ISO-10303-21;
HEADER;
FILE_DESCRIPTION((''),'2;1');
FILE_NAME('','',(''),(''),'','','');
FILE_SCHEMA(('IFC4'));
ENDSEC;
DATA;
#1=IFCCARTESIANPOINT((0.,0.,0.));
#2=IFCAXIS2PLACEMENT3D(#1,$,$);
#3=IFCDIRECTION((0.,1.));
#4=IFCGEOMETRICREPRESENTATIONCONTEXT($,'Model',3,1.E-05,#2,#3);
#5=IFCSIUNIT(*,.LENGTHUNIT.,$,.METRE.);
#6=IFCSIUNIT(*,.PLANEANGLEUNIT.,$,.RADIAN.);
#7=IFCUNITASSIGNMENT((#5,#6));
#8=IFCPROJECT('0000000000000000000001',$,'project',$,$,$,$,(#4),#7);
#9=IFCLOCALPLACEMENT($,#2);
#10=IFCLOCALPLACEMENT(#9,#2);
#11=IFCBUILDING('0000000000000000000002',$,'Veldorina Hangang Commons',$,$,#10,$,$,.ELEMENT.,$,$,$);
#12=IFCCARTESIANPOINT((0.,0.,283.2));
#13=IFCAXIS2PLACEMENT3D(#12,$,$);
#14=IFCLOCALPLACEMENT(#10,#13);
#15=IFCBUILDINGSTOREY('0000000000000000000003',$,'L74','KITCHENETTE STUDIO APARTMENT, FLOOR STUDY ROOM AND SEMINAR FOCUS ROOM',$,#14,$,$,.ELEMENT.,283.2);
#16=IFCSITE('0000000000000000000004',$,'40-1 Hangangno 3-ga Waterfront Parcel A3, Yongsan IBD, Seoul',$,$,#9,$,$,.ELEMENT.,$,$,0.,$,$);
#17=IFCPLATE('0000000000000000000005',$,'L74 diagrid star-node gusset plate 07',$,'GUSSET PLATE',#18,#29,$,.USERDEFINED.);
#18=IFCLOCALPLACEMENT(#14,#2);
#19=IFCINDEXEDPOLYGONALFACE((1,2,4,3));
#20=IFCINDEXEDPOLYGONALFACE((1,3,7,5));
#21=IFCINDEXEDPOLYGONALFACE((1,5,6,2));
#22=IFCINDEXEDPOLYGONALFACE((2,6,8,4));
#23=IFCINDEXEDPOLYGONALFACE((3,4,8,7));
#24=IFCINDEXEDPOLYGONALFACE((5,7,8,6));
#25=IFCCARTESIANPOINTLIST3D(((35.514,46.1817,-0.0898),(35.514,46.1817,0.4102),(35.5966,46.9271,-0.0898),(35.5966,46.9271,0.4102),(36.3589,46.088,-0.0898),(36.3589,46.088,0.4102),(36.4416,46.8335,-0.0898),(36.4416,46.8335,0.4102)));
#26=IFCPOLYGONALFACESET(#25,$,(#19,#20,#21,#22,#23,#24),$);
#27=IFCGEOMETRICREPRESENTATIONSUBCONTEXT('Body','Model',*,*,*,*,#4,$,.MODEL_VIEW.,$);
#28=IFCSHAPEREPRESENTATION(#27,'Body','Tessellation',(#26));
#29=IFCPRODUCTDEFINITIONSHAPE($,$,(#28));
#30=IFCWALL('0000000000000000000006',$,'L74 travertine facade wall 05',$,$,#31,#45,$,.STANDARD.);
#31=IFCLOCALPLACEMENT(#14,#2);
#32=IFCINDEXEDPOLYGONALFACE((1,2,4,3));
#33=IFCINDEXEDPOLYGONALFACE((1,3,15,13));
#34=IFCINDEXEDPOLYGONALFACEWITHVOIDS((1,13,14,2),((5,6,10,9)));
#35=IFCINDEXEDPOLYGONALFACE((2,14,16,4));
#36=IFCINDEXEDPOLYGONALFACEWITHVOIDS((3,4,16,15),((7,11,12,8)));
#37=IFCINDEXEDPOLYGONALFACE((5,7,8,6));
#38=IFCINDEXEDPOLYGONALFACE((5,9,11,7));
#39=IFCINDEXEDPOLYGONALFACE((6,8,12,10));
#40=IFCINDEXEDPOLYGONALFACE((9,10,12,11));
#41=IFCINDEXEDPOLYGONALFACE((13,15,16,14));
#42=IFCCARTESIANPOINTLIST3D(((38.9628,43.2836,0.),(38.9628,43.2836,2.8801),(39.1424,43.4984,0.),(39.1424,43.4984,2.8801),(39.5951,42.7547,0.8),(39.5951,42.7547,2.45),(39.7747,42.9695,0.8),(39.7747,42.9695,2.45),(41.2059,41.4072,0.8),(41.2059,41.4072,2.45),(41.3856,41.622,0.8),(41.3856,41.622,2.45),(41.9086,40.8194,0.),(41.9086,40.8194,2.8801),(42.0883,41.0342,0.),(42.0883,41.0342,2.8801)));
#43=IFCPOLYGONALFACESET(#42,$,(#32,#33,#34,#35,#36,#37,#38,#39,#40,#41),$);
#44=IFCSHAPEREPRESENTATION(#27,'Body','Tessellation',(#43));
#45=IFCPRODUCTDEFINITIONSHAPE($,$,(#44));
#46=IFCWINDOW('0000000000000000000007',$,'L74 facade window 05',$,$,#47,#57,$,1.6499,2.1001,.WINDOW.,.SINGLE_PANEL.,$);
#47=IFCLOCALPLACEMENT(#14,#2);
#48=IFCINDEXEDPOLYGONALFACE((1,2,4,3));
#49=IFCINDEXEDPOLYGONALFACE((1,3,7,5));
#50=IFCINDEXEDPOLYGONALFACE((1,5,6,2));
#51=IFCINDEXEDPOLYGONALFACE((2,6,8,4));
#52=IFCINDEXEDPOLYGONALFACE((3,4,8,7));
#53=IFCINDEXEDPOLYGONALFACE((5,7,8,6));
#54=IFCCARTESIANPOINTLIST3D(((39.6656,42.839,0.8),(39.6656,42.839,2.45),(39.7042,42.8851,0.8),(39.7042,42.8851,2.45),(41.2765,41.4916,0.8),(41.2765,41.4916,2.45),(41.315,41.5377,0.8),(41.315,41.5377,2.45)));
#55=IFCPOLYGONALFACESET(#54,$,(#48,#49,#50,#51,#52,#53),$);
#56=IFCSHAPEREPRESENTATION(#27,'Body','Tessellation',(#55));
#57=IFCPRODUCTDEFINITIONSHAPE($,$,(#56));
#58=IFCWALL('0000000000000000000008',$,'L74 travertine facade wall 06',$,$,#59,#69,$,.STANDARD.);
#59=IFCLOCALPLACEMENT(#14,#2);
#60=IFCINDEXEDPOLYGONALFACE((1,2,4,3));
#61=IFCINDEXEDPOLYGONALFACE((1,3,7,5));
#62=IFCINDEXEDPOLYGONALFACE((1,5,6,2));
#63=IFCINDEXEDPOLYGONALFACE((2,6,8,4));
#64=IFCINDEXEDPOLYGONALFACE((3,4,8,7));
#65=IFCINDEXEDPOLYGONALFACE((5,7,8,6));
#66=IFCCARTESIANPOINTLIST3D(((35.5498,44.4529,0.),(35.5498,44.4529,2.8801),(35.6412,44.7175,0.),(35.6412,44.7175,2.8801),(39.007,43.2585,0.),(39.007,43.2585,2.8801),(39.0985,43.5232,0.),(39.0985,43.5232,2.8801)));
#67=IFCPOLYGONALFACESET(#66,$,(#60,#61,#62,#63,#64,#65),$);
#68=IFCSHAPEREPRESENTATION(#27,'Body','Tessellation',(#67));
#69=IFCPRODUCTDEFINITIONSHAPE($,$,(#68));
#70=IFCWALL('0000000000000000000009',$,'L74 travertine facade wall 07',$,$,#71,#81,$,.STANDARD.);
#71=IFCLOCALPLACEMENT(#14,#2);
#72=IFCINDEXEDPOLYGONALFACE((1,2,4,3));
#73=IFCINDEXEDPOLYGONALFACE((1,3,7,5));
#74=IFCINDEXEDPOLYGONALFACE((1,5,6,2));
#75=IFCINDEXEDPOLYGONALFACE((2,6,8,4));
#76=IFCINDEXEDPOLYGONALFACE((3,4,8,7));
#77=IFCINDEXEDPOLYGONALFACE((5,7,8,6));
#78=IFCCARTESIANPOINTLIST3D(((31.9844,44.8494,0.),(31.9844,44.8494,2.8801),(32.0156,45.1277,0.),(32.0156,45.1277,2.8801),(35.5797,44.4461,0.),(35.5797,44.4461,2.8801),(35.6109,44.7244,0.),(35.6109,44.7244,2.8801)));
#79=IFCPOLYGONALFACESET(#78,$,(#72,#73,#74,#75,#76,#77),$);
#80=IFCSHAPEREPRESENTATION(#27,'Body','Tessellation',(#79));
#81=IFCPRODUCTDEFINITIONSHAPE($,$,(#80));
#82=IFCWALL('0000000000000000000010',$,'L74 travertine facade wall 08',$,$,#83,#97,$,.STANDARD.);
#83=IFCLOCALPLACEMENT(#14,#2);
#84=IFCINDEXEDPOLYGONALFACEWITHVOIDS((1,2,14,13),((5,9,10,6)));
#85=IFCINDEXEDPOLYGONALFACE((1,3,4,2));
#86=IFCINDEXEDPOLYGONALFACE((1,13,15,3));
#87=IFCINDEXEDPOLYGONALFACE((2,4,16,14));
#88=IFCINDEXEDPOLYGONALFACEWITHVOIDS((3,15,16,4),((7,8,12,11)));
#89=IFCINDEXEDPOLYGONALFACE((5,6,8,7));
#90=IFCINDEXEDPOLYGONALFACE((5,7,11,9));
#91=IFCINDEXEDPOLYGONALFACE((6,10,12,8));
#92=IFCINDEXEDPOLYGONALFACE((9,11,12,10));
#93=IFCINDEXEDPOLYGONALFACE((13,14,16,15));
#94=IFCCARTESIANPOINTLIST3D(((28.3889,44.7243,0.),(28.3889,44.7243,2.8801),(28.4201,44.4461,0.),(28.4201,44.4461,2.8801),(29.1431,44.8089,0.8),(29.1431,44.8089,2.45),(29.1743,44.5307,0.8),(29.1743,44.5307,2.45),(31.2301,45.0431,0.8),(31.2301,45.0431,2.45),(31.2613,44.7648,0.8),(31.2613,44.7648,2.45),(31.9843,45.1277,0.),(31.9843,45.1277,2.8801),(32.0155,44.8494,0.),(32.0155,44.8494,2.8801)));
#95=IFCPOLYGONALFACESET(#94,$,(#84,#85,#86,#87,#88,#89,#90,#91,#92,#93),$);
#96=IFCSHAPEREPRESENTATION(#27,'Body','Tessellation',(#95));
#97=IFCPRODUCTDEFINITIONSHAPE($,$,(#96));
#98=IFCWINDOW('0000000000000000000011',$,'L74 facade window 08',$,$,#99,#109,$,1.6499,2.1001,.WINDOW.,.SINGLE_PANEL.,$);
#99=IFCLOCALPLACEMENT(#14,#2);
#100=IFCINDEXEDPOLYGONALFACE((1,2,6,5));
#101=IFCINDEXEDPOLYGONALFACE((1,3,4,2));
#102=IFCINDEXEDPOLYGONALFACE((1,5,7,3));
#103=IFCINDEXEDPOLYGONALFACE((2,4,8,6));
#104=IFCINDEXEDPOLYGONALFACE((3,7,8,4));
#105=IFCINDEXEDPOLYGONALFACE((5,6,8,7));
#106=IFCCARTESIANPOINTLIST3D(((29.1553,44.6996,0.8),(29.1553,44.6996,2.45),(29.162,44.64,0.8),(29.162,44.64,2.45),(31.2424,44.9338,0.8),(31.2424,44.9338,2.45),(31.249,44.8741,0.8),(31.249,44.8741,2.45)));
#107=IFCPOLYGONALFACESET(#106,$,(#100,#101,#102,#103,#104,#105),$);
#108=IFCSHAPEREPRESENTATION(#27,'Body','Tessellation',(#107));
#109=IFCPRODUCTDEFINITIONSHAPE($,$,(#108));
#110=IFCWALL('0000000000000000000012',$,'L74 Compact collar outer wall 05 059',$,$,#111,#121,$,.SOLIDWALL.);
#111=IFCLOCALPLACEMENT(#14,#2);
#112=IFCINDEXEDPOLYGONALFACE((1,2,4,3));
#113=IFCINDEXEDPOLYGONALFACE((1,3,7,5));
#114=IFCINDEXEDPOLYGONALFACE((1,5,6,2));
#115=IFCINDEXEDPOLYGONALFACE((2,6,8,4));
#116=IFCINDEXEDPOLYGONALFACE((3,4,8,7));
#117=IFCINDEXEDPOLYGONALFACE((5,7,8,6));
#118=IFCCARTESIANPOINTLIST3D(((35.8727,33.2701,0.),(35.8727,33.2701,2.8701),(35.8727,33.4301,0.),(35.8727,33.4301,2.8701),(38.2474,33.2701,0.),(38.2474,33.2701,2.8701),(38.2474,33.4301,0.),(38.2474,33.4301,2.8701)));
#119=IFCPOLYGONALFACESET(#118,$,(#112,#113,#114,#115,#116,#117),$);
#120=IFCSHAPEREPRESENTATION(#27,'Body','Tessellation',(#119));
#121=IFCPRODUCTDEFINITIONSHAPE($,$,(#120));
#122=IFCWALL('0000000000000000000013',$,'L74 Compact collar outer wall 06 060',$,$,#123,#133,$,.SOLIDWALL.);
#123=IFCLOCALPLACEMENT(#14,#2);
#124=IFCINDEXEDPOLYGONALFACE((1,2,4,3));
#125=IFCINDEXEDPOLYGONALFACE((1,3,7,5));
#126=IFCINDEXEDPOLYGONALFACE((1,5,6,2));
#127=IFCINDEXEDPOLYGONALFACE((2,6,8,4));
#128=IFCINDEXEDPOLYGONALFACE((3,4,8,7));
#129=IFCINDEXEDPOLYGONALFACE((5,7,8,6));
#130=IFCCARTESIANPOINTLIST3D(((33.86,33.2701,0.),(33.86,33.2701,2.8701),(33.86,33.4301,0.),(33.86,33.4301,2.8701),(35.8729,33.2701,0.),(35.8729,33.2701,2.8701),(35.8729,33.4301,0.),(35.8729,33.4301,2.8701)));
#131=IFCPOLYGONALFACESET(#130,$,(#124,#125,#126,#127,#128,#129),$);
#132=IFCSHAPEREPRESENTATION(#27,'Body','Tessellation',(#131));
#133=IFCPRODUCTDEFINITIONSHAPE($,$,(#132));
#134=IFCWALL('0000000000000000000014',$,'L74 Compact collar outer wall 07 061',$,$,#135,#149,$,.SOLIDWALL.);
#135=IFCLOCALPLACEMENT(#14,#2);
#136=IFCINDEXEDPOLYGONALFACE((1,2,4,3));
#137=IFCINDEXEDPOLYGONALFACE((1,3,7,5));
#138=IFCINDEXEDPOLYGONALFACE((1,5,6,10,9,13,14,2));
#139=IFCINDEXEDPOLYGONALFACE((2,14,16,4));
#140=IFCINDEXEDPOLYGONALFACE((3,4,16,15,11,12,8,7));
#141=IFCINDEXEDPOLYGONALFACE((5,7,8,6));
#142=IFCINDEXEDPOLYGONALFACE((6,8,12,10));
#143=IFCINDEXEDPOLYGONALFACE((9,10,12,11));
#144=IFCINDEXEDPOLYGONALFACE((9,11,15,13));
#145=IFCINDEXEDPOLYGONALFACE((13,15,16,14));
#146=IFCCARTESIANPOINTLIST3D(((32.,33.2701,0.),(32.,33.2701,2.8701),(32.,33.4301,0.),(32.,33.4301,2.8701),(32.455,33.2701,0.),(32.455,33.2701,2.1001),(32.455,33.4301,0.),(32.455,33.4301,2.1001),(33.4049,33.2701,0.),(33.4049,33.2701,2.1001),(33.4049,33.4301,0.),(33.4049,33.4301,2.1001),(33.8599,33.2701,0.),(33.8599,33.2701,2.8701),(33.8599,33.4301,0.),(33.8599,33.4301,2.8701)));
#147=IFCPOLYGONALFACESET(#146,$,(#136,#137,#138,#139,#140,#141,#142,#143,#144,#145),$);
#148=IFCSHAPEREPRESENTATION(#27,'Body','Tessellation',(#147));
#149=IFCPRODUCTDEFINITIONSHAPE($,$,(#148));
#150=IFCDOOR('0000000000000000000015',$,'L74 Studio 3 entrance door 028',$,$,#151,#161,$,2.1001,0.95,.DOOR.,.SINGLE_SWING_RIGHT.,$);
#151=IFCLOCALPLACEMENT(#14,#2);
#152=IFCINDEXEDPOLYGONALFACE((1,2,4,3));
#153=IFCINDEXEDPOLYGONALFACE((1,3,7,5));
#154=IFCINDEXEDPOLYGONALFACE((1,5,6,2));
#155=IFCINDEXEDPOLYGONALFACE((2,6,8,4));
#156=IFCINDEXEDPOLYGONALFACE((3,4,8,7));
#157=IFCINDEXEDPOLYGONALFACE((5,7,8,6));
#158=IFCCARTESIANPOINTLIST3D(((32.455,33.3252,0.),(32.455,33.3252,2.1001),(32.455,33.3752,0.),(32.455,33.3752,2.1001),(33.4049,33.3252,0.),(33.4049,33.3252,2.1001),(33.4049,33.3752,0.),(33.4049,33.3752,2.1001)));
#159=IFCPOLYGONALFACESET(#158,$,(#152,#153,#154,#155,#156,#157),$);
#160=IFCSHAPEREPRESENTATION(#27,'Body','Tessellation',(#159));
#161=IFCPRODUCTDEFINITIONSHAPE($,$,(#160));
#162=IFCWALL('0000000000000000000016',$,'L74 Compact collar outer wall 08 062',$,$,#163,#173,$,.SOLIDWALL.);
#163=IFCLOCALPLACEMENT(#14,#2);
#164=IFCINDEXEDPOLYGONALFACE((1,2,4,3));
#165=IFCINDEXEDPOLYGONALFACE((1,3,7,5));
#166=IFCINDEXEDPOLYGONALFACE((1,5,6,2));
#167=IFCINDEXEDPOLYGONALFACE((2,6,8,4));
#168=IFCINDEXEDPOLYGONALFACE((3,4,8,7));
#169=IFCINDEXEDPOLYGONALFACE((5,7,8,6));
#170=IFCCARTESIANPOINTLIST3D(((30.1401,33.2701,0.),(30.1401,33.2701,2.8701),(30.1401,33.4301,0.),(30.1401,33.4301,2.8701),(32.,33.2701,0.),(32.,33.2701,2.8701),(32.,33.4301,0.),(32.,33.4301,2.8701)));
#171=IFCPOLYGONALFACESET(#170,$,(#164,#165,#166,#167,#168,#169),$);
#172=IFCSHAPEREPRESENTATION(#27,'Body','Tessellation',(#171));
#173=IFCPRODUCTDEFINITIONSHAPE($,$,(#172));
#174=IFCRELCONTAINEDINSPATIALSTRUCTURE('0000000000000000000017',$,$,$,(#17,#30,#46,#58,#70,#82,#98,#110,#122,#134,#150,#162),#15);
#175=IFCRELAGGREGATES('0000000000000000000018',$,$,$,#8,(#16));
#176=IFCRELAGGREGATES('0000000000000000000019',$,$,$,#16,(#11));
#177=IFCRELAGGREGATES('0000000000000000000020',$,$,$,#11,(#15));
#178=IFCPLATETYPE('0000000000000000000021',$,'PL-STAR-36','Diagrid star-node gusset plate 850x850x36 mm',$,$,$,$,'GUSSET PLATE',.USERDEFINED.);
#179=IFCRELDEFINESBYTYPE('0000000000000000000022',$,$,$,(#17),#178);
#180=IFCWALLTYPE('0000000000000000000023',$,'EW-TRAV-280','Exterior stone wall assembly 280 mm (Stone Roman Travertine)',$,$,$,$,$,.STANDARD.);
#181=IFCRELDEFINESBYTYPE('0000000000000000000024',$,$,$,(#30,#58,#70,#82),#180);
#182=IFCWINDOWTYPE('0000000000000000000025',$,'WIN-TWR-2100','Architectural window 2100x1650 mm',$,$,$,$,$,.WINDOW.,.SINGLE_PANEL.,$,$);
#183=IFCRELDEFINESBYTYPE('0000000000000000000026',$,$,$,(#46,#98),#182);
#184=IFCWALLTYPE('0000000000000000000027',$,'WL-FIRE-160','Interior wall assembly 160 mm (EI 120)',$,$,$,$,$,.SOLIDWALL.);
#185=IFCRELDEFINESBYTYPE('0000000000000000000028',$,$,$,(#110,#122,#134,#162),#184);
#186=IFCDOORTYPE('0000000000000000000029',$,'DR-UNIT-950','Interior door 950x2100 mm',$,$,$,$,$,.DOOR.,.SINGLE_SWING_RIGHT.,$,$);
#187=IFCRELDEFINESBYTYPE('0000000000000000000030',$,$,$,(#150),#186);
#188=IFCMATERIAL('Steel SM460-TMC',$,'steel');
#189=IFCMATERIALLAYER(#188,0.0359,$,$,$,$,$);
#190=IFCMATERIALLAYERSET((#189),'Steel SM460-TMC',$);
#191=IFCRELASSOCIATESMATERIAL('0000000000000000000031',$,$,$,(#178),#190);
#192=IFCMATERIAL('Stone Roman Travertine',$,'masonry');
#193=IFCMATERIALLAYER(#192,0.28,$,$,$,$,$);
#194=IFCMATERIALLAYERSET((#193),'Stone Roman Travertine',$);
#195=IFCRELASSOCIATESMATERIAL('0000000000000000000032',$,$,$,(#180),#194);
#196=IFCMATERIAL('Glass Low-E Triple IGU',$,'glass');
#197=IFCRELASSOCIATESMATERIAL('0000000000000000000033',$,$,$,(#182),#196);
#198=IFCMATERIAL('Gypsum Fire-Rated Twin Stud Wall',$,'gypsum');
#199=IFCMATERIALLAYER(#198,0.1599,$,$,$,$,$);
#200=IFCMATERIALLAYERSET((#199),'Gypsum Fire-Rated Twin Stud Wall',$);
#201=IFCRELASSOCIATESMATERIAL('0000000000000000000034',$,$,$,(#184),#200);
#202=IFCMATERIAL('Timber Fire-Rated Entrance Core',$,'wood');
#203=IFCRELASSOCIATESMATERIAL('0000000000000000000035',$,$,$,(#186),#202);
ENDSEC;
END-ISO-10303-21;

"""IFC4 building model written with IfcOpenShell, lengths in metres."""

from ifc_helpers import new_model, si_unit, direction, frame, frame_2d, origin, origin_2d, place, context, subcontext, project, spatial, rectangle, extrude, material, layer, layer_set, type_object, element, fill, save


model = new_model("IFC4")

# Units and contexts
model_context = context("Model", 3, precision=1e-05, world=origin(), true_north=direction((0.0, 1.0)))
body_context = subcontext(model_context, "Body", "Model", "MODEL_VIEW")
ifc_project = project(units=[si_unit("LENGTHUNIT", "METRE"), si_unit("PLANEANGLEUNIT", "RADIAN")], contexts=[model_context])

# Site, building, storey
site_placement = place(None, origin())
site = spatial("IfcSite", under=ifc_project, at=site_placement, Name="40-1 Hangangno 3-ga Waterfront Parcel A3, Yongsan IBD, Seoul", CompositionType="ELEMENT", RefElevation=0.0)
building_placement = place(site_placement, origin())
building = spatial("IfcBuilding", under=site, at=building_placement, Name="Veldorina Hangang Commons", CompositionType="ELEMENT")
storey_placement = place(building_placement, frame((0.0, 0.0, 283.2)))
storey = spatial("IfcBuildingStorey", under=building, at=storey_placement, Name="L74", Description="KITCHENETTE STUDIO APARTMENT, FLOOR STUDY ROOM AND SEMINAR FOCUS ROOM", CompositionType="ELEMENT", Elevation=283.2)

# Plate
ifc_material_1 = material(Name="Steel SM460-TMC", Category="steel")
ifc_layer_1 = layer(ifc_material_1, 0.0359)
ifc_layer_set_1 = layer_set([ifc_layer_1], Name="Steel SM460-TMC")
plate_type = type_object("IfcPlateType", Name="PL-STAR-36", Description="Diagrid star-node gusset plate 850x850x36 mm", ElementType="GUSSET PLATE", PredefinedType="USERDEFINED", material=ifc_layer_set_1)
plate_1_placement = place(storey_placement, frame((35.9778, 46.5076, -0.0898), z_axis=(0.0, 0.0, 1.0), x_axis=(-0.993913, 0.110168, 0.0)))
element("IfcPlate", 1, at=plate_1_placement, inside=storey, type_object=plate_type, Name="L74 diagrid star-node gusset plate 07", ObjectType="GUSSET PLATE", PredefinedType="USERDEFINED", context=body_context, shape_type="SweptSolid", body=[
    extrude(rectangle(XDim=0.8501, YDim=0.75, at=origin_2d()), origin(), (0.0, 0.0, 1.0), 0.5),
])

# Wall, opening, window
ifc_material_2 = material(Name="Stone Roman Travertine", Category="masonry")
ifc_layer_2 = layer(ifc_material_2, 0.28)
ifc_layer_set_2 = layer_set([ifc_layer_2], Name="Stone Roman Travertine")
wall_type_1 = type_object("IfcWallType", Name="EW-TRAV-280", Description="Exterior stone wall assembly 280 mm (Stone Roman Travertine)", PredefinedType="STANDARD", material=ifc_layer_set_2)
wall_1_placement = place(storey_placement, frame((41.9985, 40.9268, 0.0), z_axis=(0.0, 0.0, 1.0), x_axis=(-0.767032, 0.641609, 0.0)))
wall_1 = element("IfcWall", 2, at=wall_1_placement, inside=storey, type_object=wall_type_1, Name="L74 travertine facade wall 05", PredefinedType="STANDARD", context=body_context, shape_type="SweptSolid", body=[
    extrude(rectangle(XDim=3.8406, YDim=0.28, at=frame_2d((1.9204, 0.0))), origin(), (0.0, 0.0, 1.0), 2.8801),
])
opening_1_placement = place(wall_1_placement, frame((0.9163, 0.0, 0.8)))
opening_1 = element("IfcOpeningElement", 3, at=opening_1_placement, cuts=wall_1, PredefinedType="OPENING", context=body_context, shape_type="SweptSolid", body=[
    extrude(rectangle(XDim=2.1001, YDim=1.6499, at=frame_2d((1.05, 0.825))), frame((0.0, 0.1499, 0.0), z_axis=(0.0, -1.0, 0.0), x_axis=(1.0, 0.0, 0.0)), (0.0, 0.0, 1.0), 0.3),
])
ifc_material_3 = material(Name="Glass Low-E Triple IGU", Category="glass")
window_type = type_object("IfcWindowType", Name="WIN-TWR-2100", Description="Architectural window 2100x1650 mm", PartitioningType="SINGLE_PANEL", PredefinedType="WINDOW", material=ifc_material_3)
window_1_placement = place(opening_1_placement, origin())
window_1 = element("IfcWindow", 4, at=window_1_placement, inside=storey, type_object=window_type, Name="L74 facade window 05", OverallHeight=1.6499, OverallWidth=2.1001, PartitioningType="SINGLE_PANEL", PredefinedType="WINDOW", context=body_context, shape_type="SweptSolid", body=[
    extrude(rectangle(XDim=2.1001, YDim=1.6499, at=frame_2d((1.05, 0.825))), frame((0.0, 0.03, 0.0), z_axis=(0.0, -1.0, 0.0), x_axis=(1.0, 0.0, 0.0)), (0.0, 0.0, 1.0), 0.0601),
])
fill(opening_1, window_1)

# Walls
wall_2_placement = place(storey_placement, frame((39.0527, 43.3909, 0.0), z_axis=(0.0, 0.0, 1.0), x_axis=(-0.94519, 0.326521, 0.0)))
element("IfcWall", 5, at=wall_2_placement, inside=storey, type_object=wall_type_1, Name="L74 travertine facade wall 06", PredefinedType="STANDARD", context=body_context, shape_type="SweptSolid", body=[
    extrude(rectangle(XDim=3.6577, YDim=0.28, at=frame_2d((1.8289, 0.0))), origin(), (0.0, 0.0, 1.0), 2.8801),
])
wall_3_placement = place(storey_placement, frame((35.5955, 44.5852, 0.0), z_axis=(0.0, 0.0, 1.0), x_axis=(-0.993767, 0.111476, 0.0)))
element("IfcWall", 6, at=wall_3_placement, inside=storey, type_object=wall_type_1, Name="L74 travertine facade wall 07", PredefinedType="STANDARD", context=body_context, shape_type="SweptSolid", body=[
    extrude(rectangle(XDim=3.6179, YDim=0.28, at=frame_2d((1.8091, 0.0))), origin(), (0.0, 0.0, 1.0), 2.8801),
])

# Wall, opening, window
wall_4_placement = place(storey_placement, frame((32.0, 44.9885, 0.0), z_axis=(0.0, 0.0, 1.0), x_axis=(-0.993767, -0.111476, 0.0)))
wall_4 = element("IfcWall", 7, at=wall_4_placement, inside=storey, type_object=wall_type_1, Name="L74 travertine facade wall 08", PredefinedType="STANDARD", context=body_context, shape_type="SweptSolid", body=[
    extrude(rectangle(XDim=3.6179, YDim=0.28, at=frame_2d((1.8091, 0.0))), origin(), (0.0, 0.0, 1.0), 2.8801),
])
opening_2_placement = place(wall_4_placement, frame((0.759, 0.0, 0.8)))
opening_2 = element("IfcOpeningElement", 8, at=opening_2_placement, cuts=wall_4, PredefinedType="OPENING", context=body_context, shape_type="SweptSolid", body=[
    extrude(rectangle(XDim=2.1001, YDim=1.6499, at=frame_2d((1.05, 0.825))), frame((0.0, 0.1499, 0.0), z_axis=(0.0, -1.0, 0.0), x_axis=(1.0, 0.0, 0.0)), (0.0, 0.0, 1.0), 0.3),
])
window_2_placement = place(opening_2_placement, origin())
window_2 = element("IfcWindow", 9, at=window_2_placement, inside=storey, type_object=window_type, Name="L74 facade window 08", OverallHeight=1.6499, OverallWidth=2.1001, PartitioningType="SINGLE_PANEL", PredefinedType="WINDOW", context=body_context, shape_type="SweptSolid", body=[
    extrude(rectangle(XDim=2.1001, YDim=1.6499, at=frame_2d((1.05, 0.825))), frame((0.0, 0.03, 0.0), z_axis=(0.0, -1.0, 0.0), x_axis=(1.0, 0.0, 0.0)), (0.0, 0.0, 1.0), 0.0601),
])
fill(opening_2, window_2)

# Walls
ifc_material_4 = material(Name="Gypsum Fire-Rated Twin Stud Wall", Category="gypsum")
ifc_layer_3 = layer(ifc_material_4, 0.1599)
ifc_layer_set_3 = layer_set([ifc_layer_3], Name="Gypsum Fire-Rated Twin Stud Wall")
wall_type_2 = type_object("IfcWallType", Name="WL-FIRE-160", Description="Interior wall assembly 160 mm (EI 120)", PredefinedType="SOLIDWALL", material=ifc_layer_set_3)
wall_5_placement = place(storey_placement, frame((38.2476, 33.3501, 0.0), z_axis=(0.0, 0.0, 1.0), x_axis=(-1.0, 0.0, 0.0)))
element("IfcWall", 10, at=wall_5_placement, inside=storey, type_object=wall_type_2, Name="L74 Compact collar outer wall 05 059", PredefinedType="SOLIDWALL", context=body_context, shape_type="SweptSolid", body=[
    extrude(rectangle(XDim=2.3748, YDim=0.1599, at=frame_2d((1.1875, 0.0))), origin(), (0.0, 0.0, 1.0), 2.8701),
])
wall_6_placement = place(storey_placement, frame((35.8728, 33.3501, 0.0), z_axis=(0.0, 0.0, 1.0), x_axis=(-1.0, 0.0, 0.0)))
element("IfcWall", 11, at=wall_6_placement, inside=storey, type_object=wall_type_2, Name="L74 Compact collar outer wall 06 060", PredefinedType="SOLIDWALL", context=body_context, shape_type="SweptSolid", body=[
    extrude(rectangle(XDim=2.0129, YDim=0.1599, at=frame_2d((1.0063, 0.0))), origin(), (0.0, 0.0, 1.0), 2.8701),
])

# Wall, opening, door
wall_7_placement = place(storey_placement, frame((33.8599, 33.3501, 0.0), z_axis=(0.0, 0.0, 1.0), x_axis=(-1.0, 0.0, 0.0)))
wall_7 = element("IfcWall", 12, at=wall_7_placement, inside=storey, type_object=wall_type_2, Name="L74 Compact collar outer wall 07 061", PredefinedType="SOLIDWALL", context=body_context, shape_type="SweptSolid", body=[
    extrude(rectangle(XDim=1.8599, YDim=0.1599, at=frame_2d((0.9299, 0.0))), origin(), (0.0, 0.0, 1.0), 2.8701),
])
opening_3_placement = place(wall_7_placement, frame((0.4548, 0.0, 0.0)))
opening_3 = element("IfcOpeningElement", 13, at=opening_3_placement, cuts=wall_7, PredefinedType="OPENING", context=body_context, shape_type="SweptSolid", body=[
    extrude(rectangle(XDim=0.95, YDim=2.1001, at=frame_2d((0.4751, 1.05))), frame((0.0, 0.0898, 0.0), z_axis=(0.0, -1.0, 0.0), x_axis=(1.0, 0.0, 0.0)), (0.0, 0.0, 1.0), 0.1799),
])
ifc_material_5 = material(Name="Timber Fire-Rated Entrance Core", Category="wood")
door_type_1 = type_object("IfcDoorType", Name="DR-UNIT-950", Description="Interior door 950x2100 mm", OperationType="SINGLE_SWING_RIGHT", PredefinedType="DOOR", material=ifc_material_5)
door_1_placement = place(opening_3_placement, origin())
door_1 = element("IfcDoor", 14, at=door_1_placement, inside=storey, type_object=door_type_1, Name="L74 Studio 3 entrance door 028", OperationType="SINGLE_SWING_RIGHT", OverallHeight=2.1001, OverallWidth=0.95, PredefinedType="DOOR", context=body_context, shape_type="SweptSolid", body=[
    extrude(rectangle(XDim=0.95, YDim=2.1001, at=frame_2d((0.4751, 1.05))), frame((0.0, 0.0249, 0.0), z_axis=(0.0, -1.0, 0.0), x_axis=(1.0, 0.0, 0.0)), (0.0, 0.0, 1.0), 0.05),
])
fill(opening_3, door_1)

# Wall
wall_8_placement = place(storey_placement, frame((32.0, 33.3501, 0.0), z_axis=(0.0, 0.0, 1.0), x_axis=(-1.0, 0.0, 0.0)))
element("IfcWall", 15, at=wall_8_placement, inside=storey, type_object=wall_type_2, Name="L74 Compact collar outer wall 08 062", PredefinedType="SOLIDWALL", context=body_context, shape_type="SweptSolid", body=[
    extrude(rectangle(XDim=1.8599, YDim=0.1599, at=frame_2d((0.9299, 0.0))), origin(), (0.0, 0.0, 1.0), 2.8701),
])

save(model, "model.ifc")
